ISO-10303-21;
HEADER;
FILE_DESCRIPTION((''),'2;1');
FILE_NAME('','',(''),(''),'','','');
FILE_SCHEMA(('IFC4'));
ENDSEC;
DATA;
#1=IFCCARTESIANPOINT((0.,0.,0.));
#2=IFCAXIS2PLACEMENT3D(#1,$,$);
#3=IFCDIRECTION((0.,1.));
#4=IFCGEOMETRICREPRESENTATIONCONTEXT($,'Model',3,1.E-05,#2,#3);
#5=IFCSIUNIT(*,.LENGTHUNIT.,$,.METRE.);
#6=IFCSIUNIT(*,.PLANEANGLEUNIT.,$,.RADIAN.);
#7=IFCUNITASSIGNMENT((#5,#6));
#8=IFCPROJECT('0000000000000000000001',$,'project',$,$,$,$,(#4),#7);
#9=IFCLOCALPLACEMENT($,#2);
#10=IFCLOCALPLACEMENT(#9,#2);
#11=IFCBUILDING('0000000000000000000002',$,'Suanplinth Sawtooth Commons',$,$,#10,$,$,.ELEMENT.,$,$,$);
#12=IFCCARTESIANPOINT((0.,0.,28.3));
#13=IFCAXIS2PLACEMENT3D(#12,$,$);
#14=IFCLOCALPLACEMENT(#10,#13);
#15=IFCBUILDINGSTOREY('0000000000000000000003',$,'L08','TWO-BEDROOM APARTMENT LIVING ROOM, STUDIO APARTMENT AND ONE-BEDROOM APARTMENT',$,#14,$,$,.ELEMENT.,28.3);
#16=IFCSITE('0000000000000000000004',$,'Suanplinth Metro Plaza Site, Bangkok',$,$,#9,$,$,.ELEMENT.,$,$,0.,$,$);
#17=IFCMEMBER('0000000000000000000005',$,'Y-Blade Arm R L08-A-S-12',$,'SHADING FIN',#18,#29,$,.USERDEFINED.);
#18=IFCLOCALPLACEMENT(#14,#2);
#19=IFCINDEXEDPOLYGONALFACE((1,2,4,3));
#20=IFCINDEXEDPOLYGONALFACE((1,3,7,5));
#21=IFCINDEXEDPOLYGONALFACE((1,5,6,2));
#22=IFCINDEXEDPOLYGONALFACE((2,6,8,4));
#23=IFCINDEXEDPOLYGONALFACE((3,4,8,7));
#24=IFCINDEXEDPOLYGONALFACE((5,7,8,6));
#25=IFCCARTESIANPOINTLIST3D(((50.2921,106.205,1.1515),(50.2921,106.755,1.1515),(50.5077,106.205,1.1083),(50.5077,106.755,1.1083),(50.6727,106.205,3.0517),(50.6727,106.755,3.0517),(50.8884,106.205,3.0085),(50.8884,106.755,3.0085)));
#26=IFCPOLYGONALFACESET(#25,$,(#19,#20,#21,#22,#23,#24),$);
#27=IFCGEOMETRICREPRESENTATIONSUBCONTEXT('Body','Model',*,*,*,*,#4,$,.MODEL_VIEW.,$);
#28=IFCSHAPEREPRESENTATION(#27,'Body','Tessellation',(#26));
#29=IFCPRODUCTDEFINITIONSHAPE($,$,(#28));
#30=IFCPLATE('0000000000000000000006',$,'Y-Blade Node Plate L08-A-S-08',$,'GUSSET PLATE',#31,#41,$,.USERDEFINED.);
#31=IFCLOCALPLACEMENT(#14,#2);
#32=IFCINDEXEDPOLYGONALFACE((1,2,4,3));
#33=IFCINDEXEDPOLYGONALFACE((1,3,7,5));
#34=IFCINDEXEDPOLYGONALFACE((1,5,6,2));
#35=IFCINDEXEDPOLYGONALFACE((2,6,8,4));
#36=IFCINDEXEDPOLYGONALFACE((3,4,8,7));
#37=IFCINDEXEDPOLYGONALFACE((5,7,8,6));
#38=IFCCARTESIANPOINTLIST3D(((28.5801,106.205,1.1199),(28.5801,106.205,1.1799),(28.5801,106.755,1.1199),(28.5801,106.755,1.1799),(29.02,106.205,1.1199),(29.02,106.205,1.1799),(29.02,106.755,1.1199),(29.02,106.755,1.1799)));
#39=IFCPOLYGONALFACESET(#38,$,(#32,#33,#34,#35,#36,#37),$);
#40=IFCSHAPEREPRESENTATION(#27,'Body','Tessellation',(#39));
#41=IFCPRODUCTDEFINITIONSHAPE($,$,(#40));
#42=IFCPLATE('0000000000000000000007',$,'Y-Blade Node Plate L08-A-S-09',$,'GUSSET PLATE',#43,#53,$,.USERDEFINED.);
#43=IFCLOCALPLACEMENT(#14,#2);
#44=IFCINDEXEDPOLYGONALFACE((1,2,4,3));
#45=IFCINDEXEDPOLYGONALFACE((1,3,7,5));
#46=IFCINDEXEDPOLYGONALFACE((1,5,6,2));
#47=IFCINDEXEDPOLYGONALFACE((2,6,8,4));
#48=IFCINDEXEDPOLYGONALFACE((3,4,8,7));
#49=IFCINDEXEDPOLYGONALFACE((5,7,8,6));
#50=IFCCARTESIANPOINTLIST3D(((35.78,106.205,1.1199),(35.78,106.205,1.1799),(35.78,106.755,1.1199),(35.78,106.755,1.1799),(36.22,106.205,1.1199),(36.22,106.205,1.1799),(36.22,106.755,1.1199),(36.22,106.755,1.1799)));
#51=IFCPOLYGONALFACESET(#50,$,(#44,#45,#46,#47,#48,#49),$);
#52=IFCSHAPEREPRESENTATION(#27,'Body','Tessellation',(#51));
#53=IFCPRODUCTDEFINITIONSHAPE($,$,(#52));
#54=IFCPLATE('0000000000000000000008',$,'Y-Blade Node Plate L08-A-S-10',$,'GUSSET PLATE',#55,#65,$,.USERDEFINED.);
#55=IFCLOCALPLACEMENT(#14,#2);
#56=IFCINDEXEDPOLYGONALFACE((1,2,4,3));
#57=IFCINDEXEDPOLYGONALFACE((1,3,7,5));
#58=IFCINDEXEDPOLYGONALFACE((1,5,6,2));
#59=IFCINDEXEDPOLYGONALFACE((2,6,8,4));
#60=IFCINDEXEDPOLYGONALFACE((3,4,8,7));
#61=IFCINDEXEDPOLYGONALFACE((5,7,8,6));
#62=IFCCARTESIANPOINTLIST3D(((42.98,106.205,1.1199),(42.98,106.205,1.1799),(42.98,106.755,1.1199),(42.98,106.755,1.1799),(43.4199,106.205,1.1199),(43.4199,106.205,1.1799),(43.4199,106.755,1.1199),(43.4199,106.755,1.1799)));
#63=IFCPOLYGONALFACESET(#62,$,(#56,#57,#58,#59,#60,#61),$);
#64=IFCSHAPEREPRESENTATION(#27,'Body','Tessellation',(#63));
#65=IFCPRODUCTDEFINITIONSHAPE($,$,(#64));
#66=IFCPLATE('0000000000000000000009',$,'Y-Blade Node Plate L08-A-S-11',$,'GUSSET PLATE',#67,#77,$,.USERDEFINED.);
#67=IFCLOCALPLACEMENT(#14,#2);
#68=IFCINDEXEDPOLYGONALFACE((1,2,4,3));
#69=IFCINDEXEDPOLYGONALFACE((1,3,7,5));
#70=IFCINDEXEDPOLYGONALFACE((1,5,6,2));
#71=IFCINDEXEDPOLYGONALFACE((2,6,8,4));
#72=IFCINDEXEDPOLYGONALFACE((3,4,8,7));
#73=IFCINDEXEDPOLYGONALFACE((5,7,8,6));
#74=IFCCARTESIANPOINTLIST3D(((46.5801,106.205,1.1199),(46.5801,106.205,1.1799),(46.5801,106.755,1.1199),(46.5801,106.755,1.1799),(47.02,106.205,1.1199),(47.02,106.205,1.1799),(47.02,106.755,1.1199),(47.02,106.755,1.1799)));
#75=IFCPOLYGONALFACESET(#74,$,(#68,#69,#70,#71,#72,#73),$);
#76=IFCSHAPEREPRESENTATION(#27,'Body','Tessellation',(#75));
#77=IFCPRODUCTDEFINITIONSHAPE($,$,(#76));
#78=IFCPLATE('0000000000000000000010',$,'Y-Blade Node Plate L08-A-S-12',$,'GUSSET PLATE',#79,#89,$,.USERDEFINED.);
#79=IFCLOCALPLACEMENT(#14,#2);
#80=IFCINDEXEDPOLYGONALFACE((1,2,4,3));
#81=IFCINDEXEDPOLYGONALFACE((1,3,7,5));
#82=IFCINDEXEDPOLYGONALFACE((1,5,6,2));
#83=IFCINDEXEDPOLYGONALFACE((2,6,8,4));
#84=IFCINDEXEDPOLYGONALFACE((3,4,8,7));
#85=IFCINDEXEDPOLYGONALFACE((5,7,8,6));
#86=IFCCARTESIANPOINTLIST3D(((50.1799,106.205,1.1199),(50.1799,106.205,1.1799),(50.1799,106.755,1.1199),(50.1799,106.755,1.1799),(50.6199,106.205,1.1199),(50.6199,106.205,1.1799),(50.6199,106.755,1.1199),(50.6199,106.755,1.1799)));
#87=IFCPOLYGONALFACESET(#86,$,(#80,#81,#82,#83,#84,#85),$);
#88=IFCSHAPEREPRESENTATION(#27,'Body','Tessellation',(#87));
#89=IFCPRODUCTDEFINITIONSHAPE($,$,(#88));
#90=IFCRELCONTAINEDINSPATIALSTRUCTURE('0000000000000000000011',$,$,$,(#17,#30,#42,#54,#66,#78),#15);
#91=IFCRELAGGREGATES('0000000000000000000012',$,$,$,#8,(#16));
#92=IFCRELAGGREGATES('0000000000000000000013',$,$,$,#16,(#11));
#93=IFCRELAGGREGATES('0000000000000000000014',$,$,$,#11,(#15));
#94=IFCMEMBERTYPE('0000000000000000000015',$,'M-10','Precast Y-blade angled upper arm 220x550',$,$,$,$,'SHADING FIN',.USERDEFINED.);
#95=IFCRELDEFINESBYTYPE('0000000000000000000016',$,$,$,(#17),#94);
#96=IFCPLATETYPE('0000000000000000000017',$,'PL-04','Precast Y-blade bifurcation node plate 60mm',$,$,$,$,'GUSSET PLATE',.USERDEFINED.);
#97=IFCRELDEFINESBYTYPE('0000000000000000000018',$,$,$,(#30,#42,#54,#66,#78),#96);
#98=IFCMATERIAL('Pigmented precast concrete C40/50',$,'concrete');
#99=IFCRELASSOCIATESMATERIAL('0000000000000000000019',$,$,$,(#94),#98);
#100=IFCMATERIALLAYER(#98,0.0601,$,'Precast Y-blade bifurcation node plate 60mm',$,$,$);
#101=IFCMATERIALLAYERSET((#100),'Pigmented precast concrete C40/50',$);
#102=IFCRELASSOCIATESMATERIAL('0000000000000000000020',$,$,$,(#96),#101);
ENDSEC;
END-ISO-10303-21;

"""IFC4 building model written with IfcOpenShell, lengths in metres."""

from ifc_helpers import new_model, si_unit, direction, frame, origin, origin_2d, place, context, subcontext, project, spatial, rectangle, extrude, material, layer, layer_set, material_profile, profile_set, type_object, element, save


model = new_model("IFC4")

# Units and contexts
model_context = context("Model", 3, precision=1e-05, world=origin(), true_north=direction((0.0, 1.0)))
body_context = subcontext(model_context, "Body", "Model", "MODEL_VIEW")
ifc_project = project(units=[si_unit("LENGTHUNIT", "METRE"), si_unit("PLANEANGLEUNIT", "RADIAN")], contexts=[model_context])

# Site, building, storey
site_placement = place(None, origin())
site = spatial("IfcSite", under=ifc_project, at=site_placement, Name="Suanplinth Metro Plaza Site, Bangkok", CompositionType="ELEMENT", RefElevation=0.0)
building_placement = place(site_placement, origin())
building = spatial("IfcBuilding", under=site, at=building_placement, Name="Suanplinth Sawtooth Commons", CompositionType="ELEMENT")
storey_placement = place(building_placement, frame((0.0, 0.0, 28.3)))
storey = spatial("IfcBuildingStorey", under=building, at=storey_placement, Name="L08", Description="TWO-BEDROOM APARTMENT LIVING ROOM, STUDIO APARTMENT AND ONE-BEDROOM APARTMENT", CompositionType="ELEMENT", Elevation=28.3)

# Member
ifc_material = material(Name="Pigmented precast concrete C40/50", Category="concrete")
ifc_material_profile_1 = material_profile(ifc_material, rectangle(XDim=0.22, YDim=0.55, at=origin_2d()), Name="PC-FIN 220x550")
ifc_profile_set_1 = profile_set([ifc_material_profile_1], Name="Pigmented precast concrete C40/50")
member_type_1 = type_object("IfcMemberType", Name="M-10", Description="Precast Y-blade angled upper arm 220x550", ElementType="SHADING FIN", PredefinedType="USERDEFINED", material=ifc_profile_set_1)
member_1_placement = place(storey_placement, frame((50.3999, 106.48, 1.1299), z_axis=(0.196407, 0.0, 0.980522), x_axis=(-0.980522, 0.0, 0.196407)))
element("IfcMember", 1, at=member_1_placement, inside=storey, type_object=member_type_1, Name="Y-Blade Arm R L08-A-S-12", ObjectType="SHADING FIN", PredefinedType="USERDEFINED", context=body_context, shape_type="SweptSolid", body=[
    extrude(rectangle(XDim=0.22, YDim=0.55, at=origin_2d()), origin(), (0.0, 0.0, 1.0), 1.938),
])

# Plates
ifc_layer = layer(ifc_material, 0.0601, Name="Precast Y-blade bifurcation node plate 60mm")
ifc_layer_set = layer_set([ifc_layer], Name="Pigmented precast concrete C40/50")
plate_type = type_object("IfcPlateType", Name="PL-04", Description="Precast Y-blade bifurcation node plate 60mm", ElementType="GUSSET PLATE", PredefinedType="USERDEFINED", material=ifc_layer_set)
for number, where, z_axis, x_axis, name in (
    (2, (28.8, 106.48, 1.1199), (0.0, 0.0, 1.0), (1.0, 0.0, 0.0), "Y-Blade Node Plate L08-A-S-08"),
    (3, (36.0, 106.48, 1.1199), (0.0, 0.0, 1.0), (1.0, 0.0, 0.0), "Y-Blade Node Plate L08-A-S-09"),
    (4, (43.2, 106.48, 1.1199), (0.0, 0.0, 1.0), (1.0, 0.0, 0.0), "Y-Blade Node Plate L08-A-S-10"),
    (5, (46.8, 106.48, 1.1199), (0.0, 0.0, 1.0), (1.0, 0.0, 0.0), "Y-Blade Node Plate L08-A-S-11"),
    (6, (50.3999, 106.48, 1.1199), (0.0, 0.0, 1.0), (1.0, 0.0, 0.0), "Y-Blade Node Plate L08-A-S-12"),
):
    element("IfcPlate", number, at=place(storey_placement, frame(where, z_axis=z_axis, x_axis=x_axis)), inside=storey, type_object=plate_type, Name=name, ObjectType="GUSSET PLATE", PredefinedType="USERDEFINED", context=body_context, shape_type="SweptSolid", body=[
        extrude(rectangle(XDim=0.4399, YDim=0.55, at=origin_2d()), origin(), (0.0, 0.0, 1.0), 0.0601),
    ])

save(model, "model.ifc")
